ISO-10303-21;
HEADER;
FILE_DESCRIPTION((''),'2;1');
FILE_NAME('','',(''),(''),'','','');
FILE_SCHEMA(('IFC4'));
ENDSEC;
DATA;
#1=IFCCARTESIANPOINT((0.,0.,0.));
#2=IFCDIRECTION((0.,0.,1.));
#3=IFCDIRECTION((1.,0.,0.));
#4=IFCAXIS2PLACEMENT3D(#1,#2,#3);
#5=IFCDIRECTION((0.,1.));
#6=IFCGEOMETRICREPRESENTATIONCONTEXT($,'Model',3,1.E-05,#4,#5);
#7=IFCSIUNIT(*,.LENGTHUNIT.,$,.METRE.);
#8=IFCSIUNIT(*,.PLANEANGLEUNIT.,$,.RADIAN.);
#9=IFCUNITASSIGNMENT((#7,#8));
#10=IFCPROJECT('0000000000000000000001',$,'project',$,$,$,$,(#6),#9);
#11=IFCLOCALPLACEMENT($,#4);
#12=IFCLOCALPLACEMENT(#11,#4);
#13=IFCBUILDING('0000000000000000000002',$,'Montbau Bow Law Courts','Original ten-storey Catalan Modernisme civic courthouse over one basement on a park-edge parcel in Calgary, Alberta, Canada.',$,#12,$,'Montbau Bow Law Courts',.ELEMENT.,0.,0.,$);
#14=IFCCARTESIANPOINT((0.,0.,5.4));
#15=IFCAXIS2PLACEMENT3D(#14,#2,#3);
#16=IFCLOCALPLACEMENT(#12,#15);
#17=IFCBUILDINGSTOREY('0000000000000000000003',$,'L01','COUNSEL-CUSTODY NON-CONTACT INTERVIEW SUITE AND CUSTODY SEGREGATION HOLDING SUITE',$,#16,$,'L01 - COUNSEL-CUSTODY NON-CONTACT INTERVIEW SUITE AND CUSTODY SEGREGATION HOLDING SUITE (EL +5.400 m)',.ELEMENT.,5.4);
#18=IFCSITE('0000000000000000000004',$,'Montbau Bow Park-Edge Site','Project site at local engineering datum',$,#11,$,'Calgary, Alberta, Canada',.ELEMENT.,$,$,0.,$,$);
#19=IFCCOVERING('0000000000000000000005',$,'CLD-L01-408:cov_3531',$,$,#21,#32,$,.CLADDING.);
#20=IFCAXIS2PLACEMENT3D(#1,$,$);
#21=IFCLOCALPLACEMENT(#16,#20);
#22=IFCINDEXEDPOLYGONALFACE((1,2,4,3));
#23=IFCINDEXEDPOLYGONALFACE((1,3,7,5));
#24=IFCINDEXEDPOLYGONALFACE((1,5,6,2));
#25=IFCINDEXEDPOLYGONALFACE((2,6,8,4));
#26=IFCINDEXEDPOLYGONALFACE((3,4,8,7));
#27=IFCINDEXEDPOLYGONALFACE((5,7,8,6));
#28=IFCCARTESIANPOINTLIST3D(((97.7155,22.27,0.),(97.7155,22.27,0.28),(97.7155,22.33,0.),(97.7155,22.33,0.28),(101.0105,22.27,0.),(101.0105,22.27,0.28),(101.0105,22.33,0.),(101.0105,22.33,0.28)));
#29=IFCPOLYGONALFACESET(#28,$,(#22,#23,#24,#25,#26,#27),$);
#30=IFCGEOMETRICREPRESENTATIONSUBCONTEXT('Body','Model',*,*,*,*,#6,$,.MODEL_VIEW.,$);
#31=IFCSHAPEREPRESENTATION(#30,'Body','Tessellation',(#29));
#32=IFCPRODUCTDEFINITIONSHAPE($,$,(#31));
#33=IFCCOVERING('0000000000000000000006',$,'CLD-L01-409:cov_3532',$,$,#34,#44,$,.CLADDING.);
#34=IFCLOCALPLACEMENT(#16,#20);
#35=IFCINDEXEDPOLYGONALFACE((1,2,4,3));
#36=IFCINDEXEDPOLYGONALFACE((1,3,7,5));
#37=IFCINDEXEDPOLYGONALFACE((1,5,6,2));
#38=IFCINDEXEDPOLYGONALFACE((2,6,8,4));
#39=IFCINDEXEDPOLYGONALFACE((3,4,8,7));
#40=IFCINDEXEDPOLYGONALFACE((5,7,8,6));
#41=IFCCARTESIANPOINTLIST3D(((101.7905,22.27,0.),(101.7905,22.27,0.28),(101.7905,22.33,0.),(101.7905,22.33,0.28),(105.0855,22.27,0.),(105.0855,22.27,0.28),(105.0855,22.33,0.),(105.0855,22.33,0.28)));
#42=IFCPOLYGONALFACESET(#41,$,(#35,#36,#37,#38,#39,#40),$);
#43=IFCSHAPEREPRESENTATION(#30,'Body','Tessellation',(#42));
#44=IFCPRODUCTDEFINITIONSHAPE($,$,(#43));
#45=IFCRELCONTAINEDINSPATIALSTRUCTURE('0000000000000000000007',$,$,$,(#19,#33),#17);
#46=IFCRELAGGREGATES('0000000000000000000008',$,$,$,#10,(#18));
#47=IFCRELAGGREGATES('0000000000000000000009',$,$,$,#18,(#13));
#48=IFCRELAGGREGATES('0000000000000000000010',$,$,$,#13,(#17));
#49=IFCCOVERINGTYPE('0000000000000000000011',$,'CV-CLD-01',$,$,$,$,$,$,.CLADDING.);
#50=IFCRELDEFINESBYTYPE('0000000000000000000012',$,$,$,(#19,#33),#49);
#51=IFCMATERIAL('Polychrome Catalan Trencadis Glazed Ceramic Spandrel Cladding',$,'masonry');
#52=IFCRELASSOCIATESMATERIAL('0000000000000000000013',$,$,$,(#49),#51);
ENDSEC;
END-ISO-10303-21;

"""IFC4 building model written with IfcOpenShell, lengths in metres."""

from ifc_helpers import new_model, si_unit, direction, frame, origin_with_axes, origin_2d_with_axis, place, context, subcontext, project, spatial, rectangle, extrude, material, type_object, element, save


model = new_model("IFC4")

# Units and contexts
model_context = context("Model", 3, precision=1e-05, world=origin_with_axes(), true_north=direction((0.0, 1.0)))
body_context = subcontext(model_context, "Body", "Model", "MODEL_VIEW")
ifc_project = project(units=[si_unit("LENGTHUNIT", "METRE"), si_unit("PLANEANGLEUNIT", "RADIAN")], contexts=[model_context])

# Site, building, storey
site_placement = place(None, origin_with_axes())
site = spatial("IfcSite", under=ifc_project, at=site_placement, Name="Montbau Bow Park-Edge Site", Description="Project site at local engineering datum", LongName="Calgary, Alberta, Canada", CompositionType="ELEMENT", RefElevation=0.0)
building_placement = place(site_placement, origin_with_axes())
building = spatial("IfcBuilding", under=site, at=building_placement, Name="Montbau Bow Law Courts", Description="Original ten-storey Catalan Modernisme civic courthouse over one basement on a park-edge parcel in Calgary, Alberta, Canada.", LongName="Montbau Bow Law Courts", CompositionType="ELEMENT", ElevationOfRefHeight=0.0, ElevationOfTerrain=0.0)
storey_placement = place(building_placement, frame((0.0, 0.0, 5.4), z_axis=(0.0, 0.0, 1.0), x_axis=(1.0, 0.0, 0.0)))
storey = spatial("IfcBuildingStorey", under=building, at=storey_placement, Name="L01", Description="COUNSEL-CUSTODY NON-CONTACT INTERVIEW SUITE AND CUSTODY SEGREGATION HOLDING SUITE", LongName="L01 - COUNSEL-CUSTODY NON-CONTACT INTERVIEW SUITE AND CUSTODY SEGREGATION HOLDING SUITE (EL +5.400 m)", CompositionType="ELEMENT", Elevation=5.4)

# Coverings
ifc_material_1 = material(Name="Polychrome Catalan Trencadis Glazed Ceramic Spandrel Cladding", Category="masonry")
covering_type = type_object("IfcCoveringType", Name="CV-CLD-01", PredefinedType="CLADDING", material=ifc_material_1)
for number, where, z_axis, x_axis, name in (
    (1, (99.363, 22.3, 5.4), (0.0, 0.0, 1.0), (1.0, 0.0, 0.0), "CLD-L01-408:cov_3531"),
    (2, (103.438, 22.3, 5.4), (0.0, 0.0, 1.0), (1.0, 0.0, 0.0), "CLD-L01-409:cov_3532"),
):
    element("IfcCovering", number, at=place(None, frame(where, z_axis=z_axis, x_axis=x_axis)), inside=storey, type_object=covering_type, Name=name, PredefinedType="CLADDING", context=body_context, shape_type="SweptSolid", body=[
        extrude(rectangle(XDim=3.295, YDim=0.06, at=origin_2d_with_axis()), origin_with_axes(), (0.0, 0.0, 1.0), 0.28),
    ])

save(model, "model.ifc")
